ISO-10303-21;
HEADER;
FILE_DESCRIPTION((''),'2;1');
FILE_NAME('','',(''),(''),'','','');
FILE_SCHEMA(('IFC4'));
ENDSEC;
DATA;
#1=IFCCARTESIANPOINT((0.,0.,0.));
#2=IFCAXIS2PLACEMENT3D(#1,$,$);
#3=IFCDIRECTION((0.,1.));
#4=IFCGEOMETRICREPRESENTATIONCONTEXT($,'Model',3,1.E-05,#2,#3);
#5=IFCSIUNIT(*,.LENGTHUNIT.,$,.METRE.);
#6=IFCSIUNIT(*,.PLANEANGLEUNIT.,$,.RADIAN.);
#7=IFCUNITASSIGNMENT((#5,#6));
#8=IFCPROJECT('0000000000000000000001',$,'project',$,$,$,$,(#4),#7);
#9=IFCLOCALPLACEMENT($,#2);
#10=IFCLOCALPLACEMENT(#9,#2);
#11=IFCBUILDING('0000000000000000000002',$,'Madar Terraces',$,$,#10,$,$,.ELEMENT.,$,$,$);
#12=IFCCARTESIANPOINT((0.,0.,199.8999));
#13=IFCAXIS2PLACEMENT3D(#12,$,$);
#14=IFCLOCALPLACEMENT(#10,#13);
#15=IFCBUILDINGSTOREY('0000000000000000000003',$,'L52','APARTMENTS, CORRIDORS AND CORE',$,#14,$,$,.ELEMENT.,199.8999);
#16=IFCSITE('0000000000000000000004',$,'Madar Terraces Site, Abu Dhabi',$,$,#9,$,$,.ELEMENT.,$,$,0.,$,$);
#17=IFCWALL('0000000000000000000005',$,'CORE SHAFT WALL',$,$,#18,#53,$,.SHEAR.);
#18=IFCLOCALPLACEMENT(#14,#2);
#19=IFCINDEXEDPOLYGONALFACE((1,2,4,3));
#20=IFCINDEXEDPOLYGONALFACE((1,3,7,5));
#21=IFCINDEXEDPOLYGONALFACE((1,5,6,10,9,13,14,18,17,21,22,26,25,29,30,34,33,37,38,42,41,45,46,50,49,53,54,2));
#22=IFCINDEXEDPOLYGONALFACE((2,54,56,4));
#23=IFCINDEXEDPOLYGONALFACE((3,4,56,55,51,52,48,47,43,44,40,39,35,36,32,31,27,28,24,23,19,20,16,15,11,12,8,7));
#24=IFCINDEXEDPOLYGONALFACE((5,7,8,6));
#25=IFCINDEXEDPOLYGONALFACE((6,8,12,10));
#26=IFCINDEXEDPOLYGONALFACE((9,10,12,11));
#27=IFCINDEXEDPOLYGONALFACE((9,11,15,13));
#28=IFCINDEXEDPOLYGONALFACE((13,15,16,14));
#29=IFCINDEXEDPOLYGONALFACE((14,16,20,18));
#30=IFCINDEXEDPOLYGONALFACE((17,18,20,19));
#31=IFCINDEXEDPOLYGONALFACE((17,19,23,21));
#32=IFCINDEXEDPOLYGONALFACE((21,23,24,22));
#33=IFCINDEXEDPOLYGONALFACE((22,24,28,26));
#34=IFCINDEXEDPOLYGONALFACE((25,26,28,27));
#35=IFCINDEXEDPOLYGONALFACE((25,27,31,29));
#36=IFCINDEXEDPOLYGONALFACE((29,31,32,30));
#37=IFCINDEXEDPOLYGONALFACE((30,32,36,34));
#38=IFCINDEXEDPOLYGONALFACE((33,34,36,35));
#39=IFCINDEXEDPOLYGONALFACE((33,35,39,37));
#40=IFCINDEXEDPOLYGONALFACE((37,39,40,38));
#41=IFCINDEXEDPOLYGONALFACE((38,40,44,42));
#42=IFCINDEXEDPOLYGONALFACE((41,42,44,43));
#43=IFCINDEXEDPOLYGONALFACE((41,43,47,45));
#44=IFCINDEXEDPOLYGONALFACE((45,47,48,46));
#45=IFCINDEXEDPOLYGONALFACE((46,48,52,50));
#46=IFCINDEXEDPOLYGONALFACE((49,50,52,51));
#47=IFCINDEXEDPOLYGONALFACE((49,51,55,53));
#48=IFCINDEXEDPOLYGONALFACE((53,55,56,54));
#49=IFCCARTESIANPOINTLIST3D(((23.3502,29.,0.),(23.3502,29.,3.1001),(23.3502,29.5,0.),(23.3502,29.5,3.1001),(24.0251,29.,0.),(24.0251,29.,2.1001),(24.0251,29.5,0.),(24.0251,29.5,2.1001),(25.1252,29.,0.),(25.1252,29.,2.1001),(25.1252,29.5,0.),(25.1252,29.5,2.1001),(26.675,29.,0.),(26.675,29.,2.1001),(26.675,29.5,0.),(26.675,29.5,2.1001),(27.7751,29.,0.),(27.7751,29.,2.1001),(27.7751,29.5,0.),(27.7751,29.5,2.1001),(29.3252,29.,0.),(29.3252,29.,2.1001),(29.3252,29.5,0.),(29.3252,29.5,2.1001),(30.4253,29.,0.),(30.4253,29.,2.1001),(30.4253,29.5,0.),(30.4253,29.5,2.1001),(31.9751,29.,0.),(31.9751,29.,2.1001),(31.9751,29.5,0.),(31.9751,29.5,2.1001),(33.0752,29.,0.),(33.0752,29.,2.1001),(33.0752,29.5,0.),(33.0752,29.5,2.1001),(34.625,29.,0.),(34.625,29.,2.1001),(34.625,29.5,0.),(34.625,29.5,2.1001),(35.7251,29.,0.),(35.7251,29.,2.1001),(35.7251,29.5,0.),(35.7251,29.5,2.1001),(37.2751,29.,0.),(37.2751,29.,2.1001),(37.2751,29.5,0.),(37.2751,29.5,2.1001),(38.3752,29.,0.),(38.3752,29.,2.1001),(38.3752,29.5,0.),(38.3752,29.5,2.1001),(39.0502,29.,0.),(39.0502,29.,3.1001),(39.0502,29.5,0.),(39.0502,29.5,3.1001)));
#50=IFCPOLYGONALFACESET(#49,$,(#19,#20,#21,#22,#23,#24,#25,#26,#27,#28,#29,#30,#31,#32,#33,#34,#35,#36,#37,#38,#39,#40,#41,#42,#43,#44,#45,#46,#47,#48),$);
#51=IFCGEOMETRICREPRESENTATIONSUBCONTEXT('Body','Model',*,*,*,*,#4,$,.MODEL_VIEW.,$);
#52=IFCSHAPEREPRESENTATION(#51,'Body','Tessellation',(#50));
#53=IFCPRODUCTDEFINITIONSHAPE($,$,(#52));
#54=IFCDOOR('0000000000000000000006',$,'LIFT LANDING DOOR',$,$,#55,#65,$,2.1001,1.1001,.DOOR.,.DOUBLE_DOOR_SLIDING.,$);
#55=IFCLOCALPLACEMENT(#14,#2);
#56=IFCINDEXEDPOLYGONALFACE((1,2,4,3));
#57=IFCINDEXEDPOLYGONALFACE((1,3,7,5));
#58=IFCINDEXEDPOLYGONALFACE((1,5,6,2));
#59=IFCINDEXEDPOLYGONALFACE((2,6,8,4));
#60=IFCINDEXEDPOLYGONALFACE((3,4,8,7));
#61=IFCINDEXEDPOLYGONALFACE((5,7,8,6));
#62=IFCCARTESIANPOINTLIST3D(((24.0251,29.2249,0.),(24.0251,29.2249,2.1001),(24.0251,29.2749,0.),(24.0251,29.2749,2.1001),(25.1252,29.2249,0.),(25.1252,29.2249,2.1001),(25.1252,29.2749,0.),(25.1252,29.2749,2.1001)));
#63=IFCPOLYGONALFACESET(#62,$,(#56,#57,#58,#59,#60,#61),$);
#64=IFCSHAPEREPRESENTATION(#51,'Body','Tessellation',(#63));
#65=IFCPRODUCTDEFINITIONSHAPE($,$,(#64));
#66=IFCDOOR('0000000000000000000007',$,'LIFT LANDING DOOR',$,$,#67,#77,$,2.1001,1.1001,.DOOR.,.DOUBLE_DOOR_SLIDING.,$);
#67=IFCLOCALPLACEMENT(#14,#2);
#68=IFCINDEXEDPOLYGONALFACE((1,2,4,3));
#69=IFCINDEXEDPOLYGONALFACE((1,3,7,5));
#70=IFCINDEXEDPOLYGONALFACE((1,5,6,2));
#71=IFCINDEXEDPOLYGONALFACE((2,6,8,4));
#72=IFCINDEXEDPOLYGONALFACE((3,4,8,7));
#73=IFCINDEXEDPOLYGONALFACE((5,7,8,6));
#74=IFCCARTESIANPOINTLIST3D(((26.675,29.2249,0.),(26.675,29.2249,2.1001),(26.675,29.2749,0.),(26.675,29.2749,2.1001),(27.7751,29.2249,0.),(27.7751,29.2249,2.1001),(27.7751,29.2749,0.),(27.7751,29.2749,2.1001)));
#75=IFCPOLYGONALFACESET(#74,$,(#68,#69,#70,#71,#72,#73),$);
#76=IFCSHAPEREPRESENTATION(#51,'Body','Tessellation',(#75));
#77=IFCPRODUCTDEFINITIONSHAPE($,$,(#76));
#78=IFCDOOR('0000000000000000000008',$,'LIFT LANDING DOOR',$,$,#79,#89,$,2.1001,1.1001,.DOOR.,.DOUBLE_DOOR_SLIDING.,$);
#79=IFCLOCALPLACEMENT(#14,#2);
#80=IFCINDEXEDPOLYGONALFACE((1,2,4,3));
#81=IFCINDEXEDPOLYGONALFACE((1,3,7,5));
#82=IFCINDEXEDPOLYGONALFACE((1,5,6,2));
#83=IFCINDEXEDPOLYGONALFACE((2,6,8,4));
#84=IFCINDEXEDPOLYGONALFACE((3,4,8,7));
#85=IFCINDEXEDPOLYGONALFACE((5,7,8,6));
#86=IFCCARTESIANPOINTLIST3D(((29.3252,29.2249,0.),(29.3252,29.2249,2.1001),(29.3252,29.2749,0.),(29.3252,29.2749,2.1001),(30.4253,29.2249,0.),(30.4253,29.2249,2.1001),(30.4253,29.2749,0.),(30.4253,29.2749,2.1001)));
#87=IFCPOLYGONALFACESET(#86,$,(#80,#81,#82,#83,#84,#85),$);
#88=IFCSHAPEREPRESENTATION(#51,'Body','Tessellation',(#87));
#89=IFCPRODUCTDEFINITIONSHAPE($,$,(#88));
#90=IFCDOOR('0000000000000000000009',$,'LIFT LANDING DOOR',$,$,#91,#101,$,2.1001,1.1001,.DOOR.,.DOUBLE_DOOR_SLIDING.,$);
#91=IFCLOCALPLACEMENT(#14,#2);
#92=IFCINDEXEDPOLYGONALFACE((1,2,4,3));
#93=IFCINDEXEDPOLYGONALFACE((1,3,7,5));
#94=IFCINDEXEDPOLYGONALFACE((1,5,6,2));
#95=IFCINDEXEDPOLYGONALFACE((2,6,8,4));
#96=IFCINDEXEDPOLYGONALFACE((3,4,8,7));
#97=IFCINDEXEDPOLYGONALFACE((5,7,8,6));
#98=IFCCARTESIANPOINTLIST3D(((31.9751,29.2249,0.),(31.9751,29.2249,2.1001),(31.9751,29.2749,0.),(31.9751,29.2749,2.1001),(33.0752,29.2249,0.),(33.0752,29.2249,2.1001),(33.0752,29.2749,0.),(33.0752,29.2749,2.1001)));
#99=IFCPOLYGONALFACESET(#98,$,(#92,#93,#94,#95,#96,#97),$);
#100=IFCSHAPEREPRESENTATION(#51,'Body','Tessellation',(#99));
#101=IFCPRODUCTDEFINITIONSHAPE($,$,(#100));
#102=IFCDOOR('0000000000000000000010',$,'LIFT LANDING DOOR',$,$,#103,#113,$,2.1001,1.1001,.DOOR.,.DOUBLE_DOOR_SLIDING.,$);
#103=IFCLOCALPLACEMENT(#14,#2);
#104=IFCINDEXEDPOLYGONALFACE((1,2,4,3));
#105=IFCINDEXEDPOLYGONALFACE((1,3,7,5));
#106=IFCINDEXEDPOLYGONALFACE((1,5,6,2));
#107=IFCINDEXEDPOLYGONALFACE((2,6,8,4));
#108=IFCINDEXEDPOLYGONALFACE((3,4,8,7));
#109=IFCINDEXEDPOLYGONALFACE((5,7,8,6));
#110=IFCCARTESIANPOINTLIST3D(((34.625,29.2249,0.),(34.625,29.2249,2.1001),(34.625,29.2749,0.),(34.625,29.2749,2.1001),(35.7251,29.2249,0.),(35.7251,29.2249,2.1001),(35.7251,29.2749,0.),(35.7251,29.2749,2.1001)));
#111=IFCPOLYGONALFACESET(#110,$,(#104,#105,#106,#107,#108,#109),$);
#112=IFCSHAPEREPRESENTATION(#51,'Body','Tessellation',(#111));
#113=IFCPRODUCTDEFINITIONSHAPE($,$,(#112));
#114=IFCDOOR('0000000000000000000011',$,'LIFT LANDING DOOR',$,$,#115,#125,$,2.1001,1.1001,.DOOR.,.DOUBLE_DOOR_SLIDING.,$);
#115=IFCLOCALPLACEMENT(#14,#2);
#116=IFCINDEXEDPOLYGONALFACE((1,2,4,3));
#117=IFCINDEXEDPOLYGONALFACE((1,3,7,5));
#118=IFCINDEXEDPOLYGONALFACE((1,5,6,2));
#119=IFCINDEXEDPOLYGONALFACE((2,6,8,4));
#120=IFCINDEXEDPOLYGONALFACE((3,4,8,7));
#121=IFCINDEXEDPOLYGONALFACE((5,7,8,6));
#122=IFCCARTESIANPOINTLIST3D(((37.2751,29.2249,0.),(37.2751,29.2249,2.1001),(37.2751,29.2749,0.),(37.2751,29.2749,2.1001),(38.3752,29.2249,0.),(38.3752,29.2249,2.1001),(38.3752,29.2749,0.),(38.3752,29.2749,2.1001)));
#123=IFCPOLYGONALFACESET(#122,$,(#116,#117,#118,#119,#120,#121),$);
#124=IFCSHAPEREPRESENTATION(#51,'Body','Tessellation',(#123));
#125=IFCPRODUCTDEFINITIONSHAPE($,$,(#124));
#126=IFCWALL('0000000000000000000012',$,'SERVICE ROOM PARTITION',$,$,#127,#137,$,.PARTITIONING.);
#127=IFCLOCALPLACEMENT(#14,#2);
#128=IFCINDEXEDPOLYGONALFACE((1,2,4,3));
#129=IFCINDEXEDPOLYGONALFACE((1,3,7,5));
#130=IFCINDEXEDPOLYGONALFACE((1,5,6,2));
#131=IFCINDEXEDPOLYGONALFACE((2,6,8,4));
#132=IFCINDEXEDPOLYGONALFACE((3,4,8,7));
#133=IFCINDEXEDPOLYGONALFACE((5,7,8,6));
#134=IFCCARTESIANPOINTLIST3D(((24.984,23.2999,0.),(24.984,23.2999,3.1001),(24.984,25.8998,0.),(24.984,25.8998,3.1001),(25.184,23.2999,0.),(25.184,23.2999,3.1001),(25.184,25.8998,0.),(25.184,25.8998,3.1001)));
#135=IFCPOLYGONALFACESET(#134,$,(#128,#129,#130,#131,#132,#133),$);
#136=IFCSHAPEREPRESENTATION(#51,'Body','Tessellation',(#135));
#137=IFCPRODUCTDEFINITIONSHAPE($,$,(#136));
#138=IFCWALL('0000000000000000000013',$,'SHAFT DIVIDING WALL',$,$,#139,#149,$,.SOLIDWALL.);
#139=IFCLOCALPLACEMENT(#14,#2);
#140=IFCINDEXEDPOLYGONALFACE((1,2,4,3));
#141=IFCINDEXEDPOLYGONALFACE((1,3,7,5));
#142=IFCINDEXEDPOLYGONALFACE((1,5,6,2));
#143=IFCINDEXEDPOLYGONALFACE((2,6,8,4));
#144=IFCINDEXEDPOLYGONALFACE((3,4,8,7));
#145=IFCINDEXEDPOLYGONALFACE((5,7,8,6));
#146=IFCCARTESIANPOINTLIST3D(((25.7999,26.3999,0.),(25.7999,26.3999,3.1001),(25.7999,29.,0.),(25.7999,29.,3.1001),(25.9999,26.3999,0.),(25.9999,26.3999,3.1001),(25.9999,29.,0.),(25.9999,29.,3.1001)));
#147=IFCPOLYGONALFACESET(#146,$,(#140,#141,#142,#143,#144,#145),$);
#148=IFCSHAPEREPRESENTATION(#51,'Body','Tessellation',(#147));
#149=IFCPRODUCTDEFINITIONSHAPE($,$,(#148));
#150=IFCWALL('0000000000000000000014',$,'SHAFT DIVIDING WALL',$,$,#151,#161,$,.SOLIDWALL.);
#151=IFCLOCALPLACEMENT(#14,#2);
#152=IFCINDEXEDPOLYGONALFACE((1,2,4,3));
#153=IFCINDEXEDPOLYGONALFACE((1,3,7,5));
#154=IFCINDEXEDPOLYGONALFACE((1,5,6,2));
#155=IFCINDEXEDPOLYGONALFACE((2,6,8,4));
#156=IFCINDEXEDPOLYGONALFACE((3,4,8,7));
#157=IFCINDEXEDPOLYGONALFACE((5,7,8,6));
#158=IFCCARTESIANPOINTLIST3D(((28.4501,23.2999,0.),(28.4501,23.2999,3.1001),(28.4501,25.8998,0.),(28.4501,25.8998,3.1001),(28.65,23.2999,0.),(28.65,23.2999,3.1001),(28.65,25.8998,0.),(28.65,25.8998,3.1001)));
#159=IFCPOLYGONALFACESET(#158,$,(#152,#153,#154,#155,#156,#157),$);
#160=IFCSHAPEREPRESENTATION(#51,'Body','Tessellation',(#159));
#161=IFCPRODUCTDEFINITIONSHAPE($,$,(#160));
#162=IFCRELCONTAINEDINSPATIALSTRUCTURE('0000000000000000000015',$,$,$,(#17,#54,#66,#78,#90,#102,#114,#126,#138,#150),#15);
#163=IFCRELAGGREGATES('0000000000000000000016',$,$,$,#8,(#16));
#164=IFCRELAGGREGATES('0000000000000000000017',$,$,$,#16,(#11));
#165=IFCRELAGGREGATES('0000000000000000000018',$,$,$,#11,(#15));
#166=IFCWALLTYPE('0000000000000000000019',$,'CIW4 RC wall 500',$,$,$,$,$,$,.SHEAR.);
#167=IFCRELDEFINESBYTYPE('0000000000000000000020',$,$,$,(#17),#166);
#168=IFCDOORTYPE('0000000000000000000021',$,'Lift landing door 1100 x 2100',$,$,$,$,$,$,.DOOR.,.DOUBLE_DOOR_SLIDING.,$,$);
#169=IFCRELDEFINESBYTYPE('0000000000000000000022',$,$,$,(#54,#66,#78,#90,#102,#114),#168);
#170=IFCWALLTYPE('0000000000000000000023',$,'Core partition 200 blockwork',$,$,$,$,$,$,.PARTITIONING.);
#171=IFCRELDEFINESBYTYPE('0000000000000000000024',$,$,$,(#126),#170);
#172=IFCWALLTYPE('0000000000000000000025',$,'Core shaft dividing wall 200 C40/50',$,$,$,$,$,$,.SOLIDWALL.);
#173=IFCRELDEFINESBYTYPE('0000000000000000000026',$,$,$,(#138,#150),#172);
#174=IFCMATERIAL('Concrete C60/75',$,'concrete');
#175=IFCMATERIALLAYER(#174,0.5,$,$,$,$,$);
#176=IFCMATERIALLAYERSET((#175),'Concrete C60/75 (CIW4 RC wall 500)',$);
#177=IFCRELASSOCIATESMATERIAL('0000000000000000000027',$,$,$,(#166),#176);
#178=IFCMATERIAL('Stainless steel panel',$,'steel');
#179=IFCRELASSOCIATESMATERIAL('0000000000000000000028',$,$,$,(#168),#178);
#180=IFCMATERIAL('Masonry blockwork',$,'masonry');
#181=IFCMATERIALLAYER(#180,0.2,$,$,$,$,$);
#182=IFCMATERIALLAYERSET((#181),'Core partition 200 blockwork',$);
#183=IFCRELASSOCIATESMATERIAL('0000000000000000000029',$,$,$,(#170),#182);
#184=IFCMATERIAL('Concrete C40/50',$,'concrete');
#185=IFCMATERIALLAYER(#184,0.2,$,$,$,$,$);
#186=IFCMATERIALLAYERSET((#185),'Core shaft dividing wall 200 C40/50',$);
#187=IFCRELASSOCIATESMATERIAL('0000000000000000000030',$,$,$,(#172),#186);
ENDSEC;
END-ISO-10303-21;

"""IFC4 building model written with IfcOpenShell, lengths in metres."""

from ifc_helpers import new_model, si_unit, direction, frame, frame_2d, origin, place, context, subcontext, project, spatial, rectangle, extrude, material, layer, layer_set, type_object, element, fill, save


model = new_model("IFC4")

# Units and contexts
model_context = context("Model", 3, precision=1e-05, world=origin(), true_north=direction((0.0, 1.0)))
body_context = subcontext(model_context, "Body", "Model", "MODEL_VIEW")
ifc_project = project(units=[si_unit("LENGTHUNIT", "METRE"), si_unit("PLANEANGLEUNIT", "RADIAN")], contexts=[model_context])

# Site, building, storey
site_placement = place(None, origin())
site = spatial("IfcSite", under=ifc_project, at=site_placement, Name="Madar Terraces Site, Abu Dhabi", CompositionType="ELEMENT", RefElevation=0.0)
building_placement = place(site_placement, origin())
building = spatial("IfcBuilding", under=site, at=building_placement, Name="Madar Terraces", CompositionType="ELEMENT")
storey_placement = place(building_placement, frame((0.0, 0.0, 199.8999)))
storey = spatial("IfcBuildingStorey", under=building, at=storey_placement, Name="L52", Description="APARTMENTS, CORRIDORS AND CORE", CompositionType="ELEMENT", Elevation=199.8999)

# Shared definitions
ifc_material_1 = material(Name="Concrete C60/75", Category="concrete")
ifc_layer_1 = layer(ifc_material_1, 0.5)
ifc_layer_set_1 = layer_set([ifc_layer_1], Name="Concrete C60/75 (CIW4 RC wall 500)")
wall_type_1 = type_object("IfcWallType", Name="CIW4 RC wall 500", PredefinedType="SHEAR", material=ifc_layer_set_1)

# Wall, openings, doors
wall_1_placement = place(storey_placement, frame((23.3501, 29.25, 0.0), z_axis=(0.0, 0.0, 1.0), x_axis=(1.0, 0.0, 0.0)))
wall_1 = element("IfcWall", 1, at=wall_1_placement, inside=storey, type_object=wall_type_1, Name="CORE SHAFT WALL", PredefinedType="SHEAR", context=body_context, shape_type="SweptSolid", body=[
    extrude(rectangle(XDim=15.7, YDim=0.5, at=frame_2d((7.8501, 0.0))), origin(), (0.0, 0.0, 1.0), 3.1001),
])
opening_1_placement = place(wall_1_placement, frame((0.675, 0.0, 0.0)))
opening_1 = element("IfcOpeningElement", 2, at=opening_1_placement, cuts=wall_1, PredefinedType="OPENING", context=body_context, shape_type="SweptSolid", body=[
    extrude(rectangle(XDim=1.1001, YDim=2.1001, at=frame_2d((0.55, 1.05))), frame((0.0, 0.26, 0.0), z_axis=(0.0, -1.0, 0.0), x_axis=(1.0, 0.0, 0.0)), (0.0, 0.0, 1.0), 0.52),
])
opening_2_placement = place(wall_1_placement, frame((3.325, 0.0, 0.0)))
opening_2 = element("IfcOpeningElement", 3, at=opening_2_placement, cuts=wall_1, PredefinedType="OPENING", context=body_context, shape_type="SweptSolid", body=[
    extrude(rectangle(XDim=1.1001, YDim=2.1001, at=frame_2d((0.55, 1.05))), frame((0.0, 0.26, 0.0), z_axis=(0.0, -1.0, 0.0), x_axis=(1.0, 0.0, 0.0)), (0.0, 0.0, 1.0), 0.52),
])
opening_3_placement = place(wall_1_placement, frame((5.9751, 0.0, 0.0)))
opening_3 = element("IfcOpeningElement", 4, at=opening_3_placement, cuts=wall_1, PredefinedType="OPENING", context=body_context, shape_type="SweptSolid", body=[
    extrude(rectangle(XDim=1.1001, YDim=2.1001, at=frame_2d((0.55, 1.05))), frame((0.0, 0.26, 0.0), z_axis=(0.0, -1.0, 0.0), x_axis=(1.0, 0.0, 0.0)), (0.0, 0.0, 1.0), 0.52),
])
opening_4_placement = place(wall_1_placement, frame((8.625, 0.0, 0.0)))
opening_4 = element("IfcOpeningElement", 5, at=opening_4_placement, cuts=wall_1, PredefinedType="OPENING", context=body_context, shape_type="SweptSolid", body=[
    extrude(rectangle(XDim=1.1001, YDim=2.1001, at=frame_2d((0.55, 1.05))), frame((0.0, 0.26, 0.0), z_axis=(0.0, -1.0, 0.0), x_axis=(1.0, 0.0, 0.0)), (0.0, 0.0, 1.0), 0.52),
])
opening_5_placement = place(wall_1_placement, frame((11.2749, 0.0, 0.0)))
opening_5 = element("IfcOpeningElement", 6, at=opening_5_placement, cuts=wall_1, PredefinedType="OPENING", context=body_context, shape_type="SweptSolid", body=[
    extrude(rectangle(XDim=1.1001, YDim=2.1001, at=frame_2d((0.55, 1.05))), frame((0.0, 0.26, 0.0), z_axis=(0.0, -1.0, 0.0), x_axis=(1.0, 0.0, 0.0)), (0.0, 0.0, 1.0), 0.52),
])
opening_6_placement = place(wall_1_placement, frame((13.925, 0.0, 0.0)))
opening_6 = element("IfcOpeningElement", 7, at=opening_6_placement, cuts=wall_1, PredefinedType="OPENING", context=body_context, shape_type="SweptSolid", body=[
    extrude(rectangle(XDim=1.1001, YDim=2.1001, at=frame_2d((0.55, 1.05))), frame((0.0, 0.26, 0.0), z_axis=(0.0, -1.0, 0.0), x_axis=(1.0, 0.0, 0.0)), (0.0, 0.0, 1.0), 0.52),
])
ifc_material_2 = material(Name="Stainless steel panel", Category="steel")
door_type_1 = type_object("IfcDoorType", Name="Lift landing door 1100 x 2100", OperationType="DOUBLE_DOOR_SLIDING", PredefinedType="DOOR", material=ifc_material_2)
door_1_placement = place(opening_1_placement, origin())
door_1 = element("IfcDoor", 8, at=door_1_placement, inside=storey, type_object=door_type_1, Name="LIFT LANDING DOOR", OperationType="DOUBLE_DOOR_SLIDING", OverallHeight=2.1001, OverallWidth=1.1001, PredefinedType="DOOR", context=body_context, shape_type="SweptSolid", body=[
    extrude(rectangle(XDim=1.1001, YDim=2.1001, at=frame_2d((0.55, 1.05))), frame((0.0, 0.0249, 0.0), z_axis=(0.0, -1.0, 0.0), x_axis=(1.0, 0.0, 0.0)), (0.0, 0.0, 1.0), 0.05),
])
fill(opening_1, door_1)
door_2_placement = place(opening_2_placement, origin())
door_2 = element("IfcDoor", 9, at=door_2_placement, inside=storey, type_object=door_type_1, Name="LIFT LANDING DOOR", OperationType="DOUBLE_DOOR_SLIDING", OverallHeight=2.1001, OverallWidth=1.1001, PredefinedType="DOOR", context=body_context, shape_type="SweptSolid", body=[
    extrude(rectangle(XDim=1.1001, YDim=2.1001, at=frame_2d((0.55, 1.05))), frame((0.0, 0.0249, 0.0), z_axis=(0.0, -1.0, 0.0), x_axis=(1.0, 0.0, 0.0)), (0.0, 0.0, 1.0), 0.05),
])
fill(opening_2, door_2)
door_3_placement = place(opening_3_placement, origin())
door_3 = element("IfcDoor", 10, at=door_3_placement, inside=storey, type_object=door_type_1, Name="LIFT LANDING DOOR", OperationType="DOUBLE_DOOR_SLIDING", OverallHeight=2.1001, OverallWidth=1.1001, PredefinedType="DOOR", context=body_context, shape_type="SweptSolid", body=[
    extrude(rectangle(XDim=1.1001, YDim=2.1001, at=frame_2d((0.55, 1.05))), frame((0.0, 0.0249, 0.0), z_axis=(0.0, -1.0, 0.0), x_axis=(1.0, 0.0, 0.0)), (0.0, 0.0, 1.0), 0.05),
])
fill(opening_3, door_3)
door_4_placement = place(opening_4_placement, origin())
door_4 = element("IfcDoor", 11, at=door_4_placement, inside=storey, type_object=door_type_1, Name="LIFT LANDING DOOR", OperationType="DOUBLE_DOOR_SLIDING", OverallHeight=2.1001, OverallWidth=1.1001, PredefinedType="DOOR", context=body_context, shape_type="SweptSolid", body=[
    extrude(rectangle(XDim=1.1001, YDim=2.1001, at=frame_2d((0.55, 1.05))), frame((0.0, 0.0249, 0.0), z_axis=(0.0, -1.0, 0.0), x_axis=(1.0, 0.0, 0.0)), (0.0, 0.0, 1.0), 0.05),
])
fill(opening_4, door_4)
door_5_placement = place(opening_5_placement, origin())
door_5 = element("IfcDoor", 12, at=door_5_placement, inside=storey, type_object=door_type_1, Name="LIFT LANDING DOOR", OperationType="DOUBLE_DOOR_SLIDING", OverallHeight=2.1001, OverallWidth=1.1001, PredefinedType="DOOR", context=body_context, shape_type="SweptSolid", body=[
    extrude(rectangle(XDim=1.1001, YDim=2.1001, at=frame_2d((0.55, 1.05))), frame((0.0, 0.0249, 0.0), z_axis=(0.0, -1.0, 0.0), x_axis=(1.0, 0.0, 0.0)), (0.0, 0.0, 1.0), 0.05),
])
fill(opening_5, door_5)
door_6_placement = place(opening_6_placement, origin())
door_6 = element("IfcDoor", 13, at=door_6_placement, inside=storey, type_object=door_type_1, Name="LIFT LANDING DOOR", OperationType="DOUBLE_DOOR_SLIDING", OverallHeight=2.1001, OverallWidth=1.1001, PredefinedType="DOOR", context=body_context, shape_type="SweptSolid", body=[
    extrude(rectangle(XDim=1.1001, YDim=2.1001, at=frame_2d((0.55, 1.05))), frame((0.0, 0.0249, 0.0), z_axis=(0.0, -1.0, 0.0), x_axis=(1.0, 0.0, 0.0)), (0.0, 0.0, 1.0), 0.05),
])
fill(opening_6, door_6)

# Walls
ifc_material_3 = material(Name="Masonry blockwork", Category="masonry")
ifc_layer_2 = layer(ifc_material_3, 0.2)
ifc_layer_set_2 = layer_set([ifc_layer_2], Name="Core partition 200 blockwork")
wall_type_2 = type_object("IfcWallType", Name="Core partition 200 blockwork", PredefinedType="PARTITIONING", material=ifc_layer_set_2)
wall_2_placement = place(storey_placement, frame((25.084, 23.3, 0.0), z_axis=(0.0, 0.0, 1.0), x_axis=(0.0, 1.0, 0.0)))
element("IfcWall", 14, at=wall_2_placement, inside=storey, type_object=wall_type_2, Name="SERVICE ROOM PARTITION", PredefinedType="PARTITIONING", context=body_context, shape_type="SweptSolid", body=[
    extrude(rectangle(XDim=2.5999, YDim=0.2, at=frame_2d((1.2998, 0.0))), origin(), (0.0, 0.0, 1.0), 3.1001),
])
ifc_material_4 = material(Name="Concrete C40/50", Category="concrete")
ifc_layer_3 = layer(ifc_material_4, 0.2)
ifc_layer_set_3 = layer_set([ifc_layer_3], Name="Core shaft dividing wall 200 C40/50")
wall_type_3 = type_object("IfcWallType", Name="Core shaft dividing wall 200 C40/50", PredefinedType="SOLIDWALL", material=ifc_layer_set_3)
wall_3_placement = place(storey_placement, frame((25.8999, 26.3999, 0.0), z_axis=(0.0, 0.0, 1.0), x_axis=(0.0, 1.0, 0.0)))
element("IfcWall", 15, at=wall_3_placement, inside=storey, type_object=wall_type_3, Name="SHAFT DIVIDING WALL", PredefinedType="SOLIDWALL", context=body_context, shape_type="SweptSolid", body=[
    extrude(rectangle(XDim=2.6001, YDim=0.2, at=frame_2d((1.3, 0.0))), origin(), (0.0, 0.0, 1.0), 3.1001),
])
wall_4_placement = place(storey_placement, frame((28.55, 23.3, 0.0), z_axis=(0.0, 0.0, 1.0), x_axis=(0.0, 1.0, 0.0)))
element("IfcWall", 16, at=wall_4_placement, inside=storey, type_object=wall_type_3, Name="SHAFT DIVIDING WALL", PredefinedType="SOLIDWALL", context=body_context, shape_type="SweptSolid", body=[
    extrude(rectangle(XDim=2.5999, YDim=0.2, at=frame_2d((1.2998, 0.0))), origin(), (0.0, 0.0, 1.0), 3.1001),
])

save(model, "model.ifc")
